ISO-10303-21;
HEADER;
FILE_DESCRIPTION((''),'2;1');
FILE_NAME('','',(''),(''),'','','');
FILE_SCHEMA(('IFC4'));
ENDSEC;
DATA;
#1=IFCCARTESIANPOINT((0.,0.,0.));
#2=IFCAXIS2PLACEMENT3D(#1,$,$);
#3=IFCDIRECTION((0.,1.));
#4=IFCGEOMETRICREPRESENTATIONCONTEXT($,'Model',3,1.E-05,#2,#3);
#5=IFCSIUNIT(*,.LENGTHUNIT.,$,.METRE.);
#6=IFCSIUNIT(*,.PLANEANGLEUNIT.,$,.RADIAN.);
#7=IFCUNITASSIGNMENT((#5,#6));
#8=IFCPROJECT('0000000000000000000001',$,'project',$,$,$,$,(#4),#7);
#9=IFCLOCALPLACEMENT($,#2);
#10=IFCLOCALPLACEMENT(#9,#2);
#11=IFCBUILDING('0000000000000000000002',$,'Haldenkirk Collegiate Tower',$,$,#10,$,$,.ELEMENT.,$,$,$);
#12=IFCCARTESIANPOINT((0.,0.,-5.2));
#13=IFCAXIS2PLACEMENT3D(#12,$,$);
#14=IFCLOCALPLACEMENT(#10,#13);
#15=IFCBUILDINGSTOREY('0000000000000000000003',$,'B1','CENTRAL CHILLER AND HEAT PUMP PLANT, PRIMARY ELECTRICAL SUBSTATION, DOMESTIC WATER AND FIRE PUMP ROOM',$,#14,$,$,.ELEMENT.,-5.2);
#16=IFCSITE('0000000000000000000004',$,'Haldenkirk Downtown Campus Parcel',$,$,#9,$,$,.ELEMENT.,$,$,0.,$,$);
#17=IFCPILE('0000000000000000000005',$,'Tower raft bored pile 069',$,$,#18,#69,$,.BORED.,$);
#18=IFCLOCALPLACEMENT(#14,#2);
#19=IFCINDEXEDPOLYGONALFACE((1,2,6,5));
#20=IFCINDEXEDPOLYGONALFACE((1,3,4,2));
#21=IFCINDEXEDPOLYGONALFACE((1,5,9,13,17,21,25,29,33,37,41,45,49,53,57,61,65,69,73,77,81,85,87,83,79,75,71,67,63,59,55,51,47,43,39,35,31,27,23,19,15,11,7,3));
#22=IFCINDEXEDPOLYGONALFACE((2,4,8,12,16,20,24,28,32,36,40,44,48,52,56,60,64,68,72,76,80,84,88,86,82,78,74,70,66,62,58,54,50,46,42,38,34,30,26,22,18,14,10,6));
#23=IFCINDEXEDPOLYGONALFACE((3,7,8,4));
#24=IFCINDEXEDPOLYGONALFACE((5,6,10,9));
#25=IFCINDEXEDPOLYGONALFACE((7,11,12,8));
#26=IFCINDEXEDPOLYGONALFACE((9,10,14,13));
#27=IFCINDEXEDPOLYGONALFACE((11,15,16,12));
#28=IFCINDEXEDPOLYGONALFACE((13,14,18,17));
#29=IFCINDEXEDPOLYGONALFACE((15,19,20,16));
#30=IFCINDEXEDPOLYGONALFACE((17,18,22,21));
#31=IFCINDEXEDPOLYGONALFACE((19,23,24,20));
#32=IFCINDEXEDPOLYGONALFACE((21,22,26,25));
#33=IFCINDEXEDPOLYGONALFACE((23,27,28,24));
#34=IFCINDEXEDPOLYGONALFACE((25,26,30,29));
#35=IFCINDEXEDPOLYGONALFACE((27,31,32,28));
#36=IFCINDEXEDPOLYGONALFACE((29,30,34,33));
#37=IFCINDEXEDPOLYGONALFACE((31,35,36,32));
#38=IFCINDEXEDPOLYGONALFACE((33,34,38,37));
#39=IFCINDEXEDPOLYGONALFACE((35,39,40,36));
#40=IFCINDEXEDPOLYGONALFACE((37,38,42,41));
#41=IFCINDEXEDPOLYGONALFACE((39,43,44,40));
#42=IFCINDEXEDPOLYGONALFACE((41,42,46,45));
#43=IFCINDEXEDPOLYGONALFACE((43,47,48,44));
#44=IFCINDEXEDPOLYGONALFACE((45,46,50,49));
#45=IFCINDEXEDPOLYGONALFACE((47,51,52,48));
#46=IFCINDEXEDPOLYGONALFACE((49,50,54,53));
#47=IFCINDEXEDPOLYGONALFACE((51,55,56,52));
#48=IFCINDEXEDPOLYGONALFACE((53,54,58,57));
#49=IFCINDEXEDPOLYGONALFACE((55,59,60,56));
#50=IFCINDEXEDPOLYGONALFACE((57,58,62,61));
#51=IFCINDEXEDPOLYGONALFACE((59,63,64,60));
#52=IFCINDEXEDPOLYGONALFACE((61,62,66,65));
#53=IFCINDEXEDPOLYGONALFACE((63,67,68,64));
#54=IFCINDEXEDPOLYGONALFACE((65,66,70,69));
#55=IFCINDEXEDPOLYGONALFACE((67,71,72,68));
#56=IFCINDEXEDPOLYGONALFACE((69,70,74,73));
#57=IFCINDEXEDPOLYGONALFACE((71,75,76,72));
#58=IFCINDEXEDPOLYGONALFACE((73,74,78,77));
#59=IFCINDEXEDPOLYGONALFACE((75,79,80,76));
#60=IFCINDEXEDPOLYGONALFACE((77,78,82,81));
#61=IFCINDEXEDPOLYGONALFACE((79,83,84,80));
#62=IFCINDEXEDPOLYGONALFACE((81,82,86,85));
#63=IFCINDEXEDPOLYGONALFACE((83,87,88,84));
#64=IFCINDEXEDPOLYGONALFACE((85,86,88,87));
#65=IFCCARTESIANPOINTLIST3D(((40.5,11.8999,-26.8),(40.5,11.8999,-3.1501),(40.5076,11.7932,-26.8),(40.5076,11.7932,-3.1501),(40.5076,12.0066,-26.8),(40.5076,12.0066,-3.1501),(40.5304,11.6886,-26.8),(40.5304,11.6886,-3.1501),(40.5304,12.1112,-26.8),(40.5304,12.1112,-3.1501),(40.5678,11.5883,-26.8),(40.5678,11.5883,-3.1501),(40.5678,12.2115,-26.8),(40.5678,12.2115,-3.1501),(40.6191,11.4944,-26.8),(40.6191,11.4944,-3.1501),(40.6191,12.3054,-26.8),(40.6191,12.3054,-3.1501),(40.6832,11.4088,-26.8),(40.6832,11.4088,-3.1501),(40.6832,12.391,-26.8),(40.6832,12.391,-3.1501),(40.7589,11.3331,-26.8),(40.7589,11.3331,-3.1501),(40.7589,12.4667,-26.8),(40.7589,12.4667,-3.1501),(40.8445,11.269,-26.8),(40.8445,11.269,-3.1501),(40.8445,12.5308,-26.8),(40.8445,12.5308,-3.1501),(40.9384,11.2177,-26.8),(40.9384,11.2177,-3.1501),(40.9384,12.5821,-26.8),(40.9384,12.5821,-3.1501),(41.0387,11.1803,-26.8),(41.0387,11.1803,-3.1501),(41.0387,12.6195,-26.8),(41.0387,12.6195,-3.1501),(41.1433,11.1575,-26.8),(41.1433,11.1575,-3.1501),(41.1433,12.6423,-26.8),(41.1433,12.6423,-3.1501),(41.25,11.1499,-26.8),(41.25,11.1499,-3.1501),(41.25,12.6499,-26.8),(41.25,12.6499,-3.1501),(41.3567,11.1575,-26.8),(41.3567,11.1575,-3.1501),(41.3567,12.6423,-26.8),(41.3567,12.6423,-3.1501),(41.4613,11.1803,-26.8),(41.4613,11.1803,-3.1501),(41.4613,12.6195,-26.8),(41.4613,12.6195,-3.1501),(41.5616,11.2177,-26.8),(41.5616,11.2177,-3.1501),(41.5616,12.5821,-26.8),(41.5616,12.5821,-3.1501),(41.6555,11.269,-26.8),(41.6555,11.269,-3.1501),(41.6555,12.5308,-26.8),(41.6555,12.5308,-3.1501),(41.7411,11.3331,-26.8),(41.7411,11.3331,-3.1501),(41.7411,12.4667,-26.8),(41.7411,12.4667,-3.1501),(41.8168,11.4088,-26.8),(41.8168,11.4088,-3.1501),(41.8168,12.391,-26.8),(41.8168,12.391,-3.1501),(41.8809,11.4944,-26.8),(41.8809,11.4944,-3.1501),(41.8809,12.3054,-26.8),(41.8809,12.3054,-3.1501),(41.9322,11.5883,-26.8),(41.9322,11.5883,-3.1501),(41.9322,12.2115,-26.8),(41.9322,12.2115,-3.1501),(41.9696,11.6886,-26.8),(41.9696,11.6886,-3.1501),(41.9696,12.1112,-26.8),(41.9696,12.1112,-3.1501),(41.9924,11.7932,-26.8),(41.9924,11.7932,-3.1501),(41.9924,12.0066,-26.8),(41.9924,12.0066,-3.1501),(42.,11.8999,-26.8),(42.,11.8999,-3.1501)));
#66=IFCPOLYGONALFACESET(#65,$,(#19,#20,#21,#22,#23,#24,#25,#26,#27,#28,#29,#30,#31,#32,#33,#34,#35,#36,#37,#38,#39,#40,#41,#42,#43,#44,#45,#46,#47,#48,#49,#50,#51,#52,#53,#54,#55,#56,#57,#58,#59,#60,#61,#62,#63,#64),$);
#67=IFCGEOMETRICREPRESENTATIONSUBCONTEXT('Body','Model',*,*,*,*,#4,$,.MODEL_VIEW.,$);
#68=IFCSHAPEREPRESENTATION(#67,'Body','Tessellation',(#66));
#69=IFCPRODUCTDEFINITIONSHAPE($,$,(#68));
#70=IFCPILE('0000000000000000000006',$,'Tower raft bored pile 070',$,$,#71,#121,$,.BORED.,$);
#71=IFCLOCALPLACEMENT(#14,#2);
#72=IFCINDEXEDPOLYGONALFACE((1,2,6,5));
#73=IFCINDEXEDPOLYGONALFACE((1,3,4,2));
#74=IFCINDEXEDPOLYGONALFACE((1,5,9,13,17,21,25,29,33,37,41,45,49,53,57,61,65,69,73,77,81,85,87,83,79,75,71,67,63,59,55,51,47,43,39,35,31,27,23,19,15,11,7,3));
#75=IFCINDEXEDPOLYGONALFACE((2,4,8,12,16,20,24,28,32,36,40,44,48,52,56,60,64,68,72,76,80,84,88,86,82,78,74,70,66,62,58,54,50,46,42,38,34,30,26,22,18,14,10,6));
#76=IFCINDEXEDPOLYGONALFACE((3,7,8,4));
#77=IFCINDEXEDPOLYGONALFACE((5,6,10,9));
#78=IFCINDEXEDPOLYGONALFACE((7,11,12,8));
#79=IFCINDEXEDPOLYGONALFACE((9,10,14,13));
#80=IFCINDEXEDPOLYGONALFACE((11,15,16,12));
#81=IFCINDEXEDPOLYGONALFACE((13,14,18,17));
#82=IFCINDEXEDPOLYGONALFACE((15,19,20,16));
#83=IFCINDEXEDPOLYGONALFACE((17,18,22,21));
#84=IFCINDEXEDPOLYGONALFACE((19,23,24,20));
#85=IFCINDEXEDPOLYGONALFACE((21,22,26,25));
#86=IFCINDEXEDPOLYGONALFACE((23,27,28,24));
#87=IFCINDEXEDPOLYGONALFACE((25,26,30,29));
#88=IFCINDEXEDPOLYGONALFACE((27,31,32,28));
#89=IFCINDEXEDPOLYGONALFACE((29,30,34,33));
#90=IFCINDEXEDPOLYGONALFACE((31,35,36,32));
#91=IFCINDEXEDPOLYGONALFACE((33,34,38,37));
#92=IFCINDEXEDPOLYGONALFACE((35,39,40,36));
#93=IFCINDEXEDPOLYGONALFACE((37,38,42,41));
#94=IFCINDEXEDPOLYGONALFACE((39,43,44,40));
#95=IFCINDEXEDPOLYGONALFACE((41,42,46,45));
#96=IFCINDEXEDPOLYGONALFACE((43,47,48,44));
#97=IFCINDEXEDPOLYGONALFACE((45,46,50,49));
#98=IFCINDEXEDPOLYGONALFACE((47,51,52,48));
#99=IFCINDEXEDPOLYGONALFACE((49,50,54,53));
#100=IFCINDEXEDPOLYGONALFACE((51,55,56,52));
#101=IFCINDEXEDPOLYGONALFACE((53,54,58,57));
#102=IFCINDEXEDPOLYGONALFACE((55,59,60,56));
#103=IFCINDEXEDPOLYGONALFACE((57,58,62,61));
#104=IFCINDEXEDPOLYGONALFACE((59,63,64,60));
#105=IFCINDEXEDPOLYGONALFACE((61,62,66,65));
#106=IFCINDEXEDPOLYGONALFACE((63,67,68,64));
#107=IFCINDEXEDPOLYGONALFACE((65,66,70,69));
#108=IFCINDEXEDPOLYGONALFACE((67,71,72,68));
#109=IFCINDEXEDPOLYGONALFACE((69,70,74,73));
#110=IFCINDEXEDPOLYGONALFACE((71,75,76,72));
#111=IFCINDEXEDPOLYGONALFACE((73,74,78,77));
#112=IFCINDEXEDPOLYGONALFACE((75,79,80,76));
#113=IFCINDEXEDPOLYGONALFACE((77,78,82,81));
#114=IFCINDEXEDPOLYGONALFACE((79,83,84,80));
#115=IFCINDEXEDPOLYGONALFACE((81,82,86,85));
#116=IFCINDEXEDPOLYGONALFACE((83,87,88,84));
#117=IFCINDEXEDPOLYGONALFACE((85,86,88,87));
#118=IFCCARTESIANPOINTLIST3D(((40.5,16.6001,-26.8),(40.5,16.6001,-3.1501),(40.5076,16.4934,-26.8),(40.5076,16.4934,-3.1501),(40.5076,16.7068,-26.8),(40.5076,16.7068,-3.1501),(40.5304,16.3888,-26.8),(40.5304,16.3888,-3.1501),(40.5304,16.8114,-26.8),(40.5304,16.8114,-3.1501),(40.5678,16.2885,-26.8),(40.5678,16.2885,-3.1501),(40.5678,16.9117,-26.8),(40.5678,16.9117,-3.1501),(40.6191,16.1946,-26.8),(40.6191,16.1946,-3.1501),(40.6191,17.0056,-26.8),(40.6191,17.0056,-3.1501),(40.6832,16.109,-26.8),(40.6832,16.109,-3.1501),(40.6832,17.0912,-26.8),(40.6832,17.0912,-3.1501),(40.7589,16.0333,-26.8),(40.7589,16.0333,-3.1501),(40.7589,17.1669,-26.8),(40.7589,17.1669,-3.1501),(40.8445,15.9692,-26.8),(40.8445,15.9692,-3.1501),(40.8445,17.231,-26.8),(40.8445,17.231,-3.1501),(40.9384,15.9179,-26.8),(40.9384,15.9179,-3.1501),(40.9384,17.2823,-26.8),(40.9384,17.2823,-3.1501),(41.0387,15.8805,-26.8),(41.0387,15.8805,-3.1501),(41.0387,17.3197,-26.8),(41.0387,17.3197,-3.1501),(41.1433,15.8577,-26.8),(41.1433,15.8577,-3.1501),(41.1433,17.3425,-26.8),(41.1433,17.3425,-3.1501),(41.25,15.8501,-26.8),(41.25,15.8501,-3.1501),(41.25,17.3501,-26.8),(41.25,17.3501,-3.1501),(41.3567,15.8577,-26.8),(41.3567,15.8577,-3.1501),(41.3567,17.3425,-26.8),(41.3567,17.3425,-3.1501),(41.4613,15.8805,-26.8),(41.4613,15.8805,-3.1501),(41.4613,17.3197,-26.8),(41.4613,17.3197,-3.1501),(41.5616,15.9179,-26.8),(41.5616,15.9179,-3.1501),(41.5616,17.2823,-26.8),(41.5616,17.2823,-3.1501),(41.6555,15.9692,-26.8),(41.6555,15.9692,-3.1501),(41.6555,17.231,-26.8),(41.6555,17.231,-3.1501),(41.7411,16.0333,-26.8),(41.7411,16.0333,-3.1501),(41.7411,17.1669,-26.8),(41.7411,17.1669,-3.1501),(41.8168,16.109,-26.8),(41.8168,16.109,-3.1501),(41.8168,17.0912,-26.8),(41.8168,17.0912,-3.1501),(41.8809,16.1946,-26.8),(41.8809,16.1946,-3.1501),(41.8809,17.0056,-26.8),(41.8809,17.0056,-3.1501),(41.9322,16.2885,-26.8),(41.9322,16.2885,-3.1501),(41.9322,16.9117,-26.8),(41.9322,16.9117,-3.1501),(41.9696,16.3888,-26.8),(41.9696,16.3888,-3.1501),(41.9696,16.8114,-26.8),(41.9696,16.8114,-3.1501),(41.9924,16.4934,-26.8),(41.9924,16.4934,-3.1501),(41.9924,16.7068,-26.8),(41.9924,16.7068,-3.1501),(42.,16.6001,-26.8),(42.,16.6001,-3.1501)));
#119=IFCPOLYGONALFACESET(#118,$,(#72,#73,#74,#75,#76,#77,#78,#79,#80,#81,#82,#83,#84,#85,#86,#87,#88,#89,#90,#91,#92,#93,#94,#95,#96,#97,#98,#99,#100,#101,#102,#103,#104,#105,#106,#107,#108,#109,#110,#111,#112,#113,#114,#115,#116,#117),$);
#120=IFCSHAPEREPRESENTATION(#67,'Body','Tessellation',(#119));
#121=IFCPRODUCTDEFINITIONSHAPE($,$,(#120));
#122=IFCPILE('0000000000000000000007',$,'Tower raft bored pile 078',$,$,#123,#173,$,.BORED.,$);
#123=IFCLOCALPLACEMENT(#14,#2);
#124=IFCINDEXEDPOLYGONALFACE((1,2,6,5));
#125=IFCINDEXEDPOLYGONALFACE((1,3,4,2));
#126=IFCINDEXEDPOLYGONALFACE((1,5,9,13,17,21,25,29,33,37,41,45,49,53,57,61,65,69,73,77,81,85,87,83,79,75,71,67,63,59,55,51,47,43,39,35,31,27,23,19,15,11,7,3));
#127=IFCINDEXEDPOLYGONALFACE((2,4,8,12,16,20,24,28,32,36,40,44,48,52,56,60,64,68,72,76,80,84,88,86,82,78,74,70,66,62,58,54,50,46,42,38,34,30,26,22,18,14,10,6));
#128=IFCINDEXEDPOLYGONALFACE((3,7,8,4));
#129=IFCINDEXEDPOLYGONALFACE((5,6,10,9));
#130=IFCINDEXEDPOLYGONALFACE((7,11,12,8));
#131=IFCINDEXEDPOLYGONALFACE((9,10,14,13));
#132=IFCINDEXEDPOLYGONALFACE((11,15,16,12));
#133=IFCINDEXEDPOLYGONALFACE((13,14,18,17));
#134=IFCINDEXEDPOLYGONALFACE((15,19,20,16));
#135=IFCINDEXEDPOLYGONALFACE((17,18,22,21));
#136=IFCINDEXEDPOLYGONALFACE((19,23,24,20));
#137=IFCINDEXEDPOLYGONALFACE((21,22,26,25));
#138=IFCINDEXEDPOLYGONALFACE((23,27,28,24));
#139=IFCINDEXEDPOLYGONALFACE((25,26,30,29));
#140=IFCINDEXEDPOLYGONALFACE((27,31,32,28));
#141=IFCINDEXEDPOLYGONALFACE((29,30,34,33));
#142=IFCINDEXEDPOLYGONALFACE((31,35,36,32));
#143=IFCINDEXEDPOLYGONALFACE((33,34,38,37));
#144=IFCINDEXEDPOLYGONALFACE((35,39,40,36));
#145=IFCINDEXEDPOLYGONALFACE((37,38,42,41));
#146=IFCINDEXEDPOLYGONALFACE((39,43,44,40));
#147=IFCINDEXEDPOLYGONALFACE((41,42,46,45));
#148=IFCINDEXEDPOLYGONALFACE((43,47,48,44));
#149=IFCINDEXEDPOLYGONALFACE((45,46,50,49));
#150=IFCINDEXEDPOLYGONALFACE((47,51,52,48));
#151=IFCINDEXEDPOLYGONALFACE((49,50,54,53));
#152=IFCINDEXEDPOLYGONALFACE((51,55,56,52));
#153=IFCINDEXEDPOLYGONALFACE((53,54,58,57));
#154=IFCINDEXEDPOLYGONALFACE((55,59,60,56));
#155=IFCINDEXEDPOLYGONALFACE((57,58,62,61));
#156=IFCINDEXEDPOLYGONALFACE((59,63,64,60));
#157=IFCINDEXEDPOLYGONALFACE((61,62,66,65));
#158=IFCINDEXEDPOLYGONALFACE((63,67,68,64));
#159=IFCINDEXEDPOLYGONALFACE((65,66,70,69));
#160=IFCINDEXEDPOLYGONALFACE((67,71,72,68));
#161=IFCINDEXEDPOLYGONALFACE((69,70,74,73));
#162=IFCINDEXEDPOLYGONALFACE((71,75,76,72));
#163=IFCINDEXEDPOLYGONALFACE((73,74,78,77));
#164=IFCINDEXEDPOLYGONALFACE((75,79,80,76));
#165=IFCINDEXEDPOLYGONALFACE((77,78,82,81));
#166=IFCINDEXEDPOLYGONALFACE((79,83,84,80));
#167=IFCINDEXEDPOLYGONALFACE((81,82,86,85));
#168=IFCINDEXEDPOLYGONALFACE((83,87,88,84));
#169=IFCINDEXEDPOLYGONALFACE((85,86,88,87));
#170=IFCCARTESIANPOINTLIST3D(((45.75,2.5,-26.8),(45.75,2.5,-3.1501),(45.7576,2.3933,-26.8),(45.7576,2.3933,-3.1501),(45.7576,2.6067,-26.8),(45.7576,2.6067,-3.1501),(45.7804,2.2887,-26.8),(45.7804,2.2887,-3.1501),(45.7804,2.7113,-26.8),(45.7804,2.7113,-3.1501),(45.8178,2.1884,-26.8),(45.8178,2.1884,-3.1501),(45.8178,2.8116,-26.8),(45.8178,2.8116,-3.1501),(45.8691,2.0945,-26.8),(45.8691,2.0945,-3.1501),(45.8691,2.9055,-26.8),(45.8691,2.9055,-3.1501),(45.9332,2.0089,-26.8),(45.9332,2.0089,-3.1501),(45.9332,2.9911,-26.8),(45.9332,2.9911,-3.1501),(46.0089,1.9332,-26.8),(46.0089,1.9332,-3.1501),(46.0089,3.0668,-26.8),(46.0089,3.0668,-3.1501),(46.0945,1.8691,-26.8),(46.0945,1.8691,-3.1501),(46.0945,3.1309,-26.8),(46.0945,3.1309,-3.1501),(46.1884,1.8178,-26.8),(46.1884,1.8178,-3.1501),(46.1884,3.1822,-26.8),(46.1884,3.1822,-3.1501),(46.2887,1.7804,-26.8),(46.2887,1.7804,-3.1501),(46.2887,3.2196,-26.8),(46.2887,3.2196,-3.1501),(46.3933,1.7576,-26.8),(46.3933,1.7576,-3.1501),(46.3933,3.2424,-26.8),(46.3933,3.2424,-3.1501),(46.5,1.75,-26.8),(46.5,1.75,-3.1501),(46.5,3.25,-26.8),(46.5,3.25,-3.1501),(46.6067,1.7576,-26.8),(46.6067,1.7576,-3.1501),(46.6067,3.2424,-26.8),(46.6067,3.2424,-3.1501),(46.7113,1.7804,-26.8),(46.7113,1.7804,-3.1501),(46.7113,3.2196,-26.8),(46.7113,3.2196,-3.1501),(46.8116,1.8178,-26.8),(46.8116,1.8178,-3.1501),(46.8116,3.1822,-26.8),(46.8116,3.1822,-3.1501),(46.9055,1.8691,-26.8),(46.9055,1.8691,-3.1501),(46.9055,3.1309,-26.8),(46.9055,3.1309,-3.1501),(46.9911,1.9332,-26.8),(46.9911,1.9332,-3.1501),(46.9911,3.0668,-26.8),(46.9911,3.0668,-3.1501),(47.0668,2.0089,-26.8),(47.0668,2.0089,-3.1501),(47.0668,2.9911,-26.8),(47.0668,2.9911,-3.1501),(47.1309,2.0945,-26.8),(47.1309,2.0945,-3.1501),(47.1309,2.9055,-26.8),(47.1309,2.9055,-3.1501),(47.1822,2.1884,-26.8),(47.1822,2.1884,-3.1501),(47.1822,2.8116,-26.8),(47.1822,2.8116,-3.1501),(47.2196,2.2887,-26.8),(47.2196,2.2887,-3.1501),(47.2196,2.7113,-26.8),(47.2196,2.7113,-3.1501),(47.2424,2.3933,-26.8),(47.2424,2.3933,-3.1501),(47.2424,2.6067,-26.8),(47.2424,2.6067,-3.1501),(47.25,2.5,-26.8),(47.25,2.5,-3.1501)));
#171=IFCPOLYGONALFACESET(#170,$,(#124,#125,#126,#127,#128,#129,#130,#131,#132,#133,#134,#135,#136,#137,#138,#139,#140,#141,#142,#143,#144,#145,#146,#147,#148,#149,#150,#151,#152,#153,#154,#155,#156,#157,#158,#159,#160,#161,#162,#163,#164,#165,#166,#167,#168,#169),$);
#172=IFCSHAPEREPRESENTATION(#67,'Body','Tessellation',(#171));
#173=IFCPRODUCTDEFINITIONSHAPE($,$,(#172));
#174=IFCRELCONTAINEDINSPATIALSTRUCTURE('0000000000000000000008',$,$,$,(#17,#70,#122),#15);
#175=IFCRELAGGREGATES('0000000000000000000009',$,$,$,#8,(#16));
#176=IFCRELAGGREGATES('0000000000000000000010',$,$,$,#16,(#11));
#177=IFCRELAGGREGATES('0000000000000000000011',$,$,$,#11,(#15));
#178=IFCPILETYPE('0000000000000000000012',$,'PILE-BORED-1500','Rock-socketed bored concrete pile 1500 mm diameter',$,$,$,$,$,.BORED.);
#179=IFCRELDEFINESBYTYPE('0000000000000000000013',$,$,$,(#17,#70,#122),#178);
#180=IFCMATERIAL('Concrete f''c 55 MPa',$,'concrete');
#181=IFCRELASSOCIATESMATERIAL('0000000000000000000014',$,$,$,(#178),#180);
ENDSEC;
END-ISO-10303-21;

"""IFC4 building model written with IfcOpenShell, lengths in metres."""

from ifc_helpers import new_model, si_unit, direction, frame, origin, origin_2d, place, context, subcontext, project, spatial, circle, extrude, material, material_profile, profile_set, type_object, element, save


model = new_model("IFC4")

# Units and contexts
model_context = context("Model", 3, precision=1e-05, world=origin(), true_north=direction((0.0, 1.0)))
body_context = subcontext(model_context, "Body", "Model", "MODEL_VIEW")
ifc_project = project(units=[si_unit("LENGTHUNIT", "METRE"), si_unit("PLANEANGLEUNIT", "RADIAN")], contexts=[model_context])

# Site, building, storey
site_placement = place(None, origin())
site = spatial("IfcSite", under=ifc_project, at=site_placement, Name="Haldenkirk Downtown Campus Parcel", CompositionType="ELEMENT", RefElevation=0.0)
building_placement = place(site_placement, origin())
building = spatial("IfcBuilding", under=site, at=building_placement, Name="Haldenkirk Collegiate Tower", CompositionType="ELEMENT")
storey_placement = place(building_placement, frame((0.0, 0.0, -5.2)))
storey = spatial("IfcBuildingStorey", under=building, at=storey_placement, Name="B1", Description="CENTRAL CHILLER AND HEAT PUMP PLANT, PRIMARY ELECTRICAL SUBSTATION, DOMESTIC WATER AND FIRE PUMP ROOM", CompositionType="ELEMENT", Elevation=-5.2)

# Piles
ifc_material_1 = material(Name="Concrete f'c 55 MPa", Category="concrete")
ifc_material_profile_1 = material_profile(ifc_material_1, circle(Radius=0.75, at=origin_2d()), Name="PILE1500")
ifc_profile_set_1 = profile_set([ifc_material_profile_1], Name="Concrete f'c 55 MPa")
pile_type = type_object("IfcPileType", Name="PILE-BORED-1500", Description="Rock-socketed bored concrete pile 1500 mm diameter", PredefinedType="BORED", material=ifc_profile_set_1)
for number, where, z_axis, x_axis, name in (
    (1, (41.25, 11.8999, -3.1501), (0.0, 0.0, -1.0), (1.0, 0.0, 0.0), "Tower raft bored pile 069"),
    (2, (41.25, 16.6001, -3.1501), (0.0, 0.0, -1.0), (1.0, 0.0, 0.0), "Tower raft bored pile 070"),
    (3, (46.5, 2.5, -3.1501), (0.0, 0.0, -1.0), (1.0, 0.0, 0.0), "Tower raft bored pile 078"),
):
    element("IfcPile", number, at=place(storey_placement, frame(where, z_axis=z_axis, x_axis=x_axis)), inside=storey, type_object=pile_type, Name=name, PredefinedType="BORED", context=body_context, shape_type="SweptSolid", body=[
        extrude(circle(Radius=0.75, at=origin_2d()), origin(), (0.0, 0.0, 1.0), 23.6499),
    ])

save(model, "model.ifc")
